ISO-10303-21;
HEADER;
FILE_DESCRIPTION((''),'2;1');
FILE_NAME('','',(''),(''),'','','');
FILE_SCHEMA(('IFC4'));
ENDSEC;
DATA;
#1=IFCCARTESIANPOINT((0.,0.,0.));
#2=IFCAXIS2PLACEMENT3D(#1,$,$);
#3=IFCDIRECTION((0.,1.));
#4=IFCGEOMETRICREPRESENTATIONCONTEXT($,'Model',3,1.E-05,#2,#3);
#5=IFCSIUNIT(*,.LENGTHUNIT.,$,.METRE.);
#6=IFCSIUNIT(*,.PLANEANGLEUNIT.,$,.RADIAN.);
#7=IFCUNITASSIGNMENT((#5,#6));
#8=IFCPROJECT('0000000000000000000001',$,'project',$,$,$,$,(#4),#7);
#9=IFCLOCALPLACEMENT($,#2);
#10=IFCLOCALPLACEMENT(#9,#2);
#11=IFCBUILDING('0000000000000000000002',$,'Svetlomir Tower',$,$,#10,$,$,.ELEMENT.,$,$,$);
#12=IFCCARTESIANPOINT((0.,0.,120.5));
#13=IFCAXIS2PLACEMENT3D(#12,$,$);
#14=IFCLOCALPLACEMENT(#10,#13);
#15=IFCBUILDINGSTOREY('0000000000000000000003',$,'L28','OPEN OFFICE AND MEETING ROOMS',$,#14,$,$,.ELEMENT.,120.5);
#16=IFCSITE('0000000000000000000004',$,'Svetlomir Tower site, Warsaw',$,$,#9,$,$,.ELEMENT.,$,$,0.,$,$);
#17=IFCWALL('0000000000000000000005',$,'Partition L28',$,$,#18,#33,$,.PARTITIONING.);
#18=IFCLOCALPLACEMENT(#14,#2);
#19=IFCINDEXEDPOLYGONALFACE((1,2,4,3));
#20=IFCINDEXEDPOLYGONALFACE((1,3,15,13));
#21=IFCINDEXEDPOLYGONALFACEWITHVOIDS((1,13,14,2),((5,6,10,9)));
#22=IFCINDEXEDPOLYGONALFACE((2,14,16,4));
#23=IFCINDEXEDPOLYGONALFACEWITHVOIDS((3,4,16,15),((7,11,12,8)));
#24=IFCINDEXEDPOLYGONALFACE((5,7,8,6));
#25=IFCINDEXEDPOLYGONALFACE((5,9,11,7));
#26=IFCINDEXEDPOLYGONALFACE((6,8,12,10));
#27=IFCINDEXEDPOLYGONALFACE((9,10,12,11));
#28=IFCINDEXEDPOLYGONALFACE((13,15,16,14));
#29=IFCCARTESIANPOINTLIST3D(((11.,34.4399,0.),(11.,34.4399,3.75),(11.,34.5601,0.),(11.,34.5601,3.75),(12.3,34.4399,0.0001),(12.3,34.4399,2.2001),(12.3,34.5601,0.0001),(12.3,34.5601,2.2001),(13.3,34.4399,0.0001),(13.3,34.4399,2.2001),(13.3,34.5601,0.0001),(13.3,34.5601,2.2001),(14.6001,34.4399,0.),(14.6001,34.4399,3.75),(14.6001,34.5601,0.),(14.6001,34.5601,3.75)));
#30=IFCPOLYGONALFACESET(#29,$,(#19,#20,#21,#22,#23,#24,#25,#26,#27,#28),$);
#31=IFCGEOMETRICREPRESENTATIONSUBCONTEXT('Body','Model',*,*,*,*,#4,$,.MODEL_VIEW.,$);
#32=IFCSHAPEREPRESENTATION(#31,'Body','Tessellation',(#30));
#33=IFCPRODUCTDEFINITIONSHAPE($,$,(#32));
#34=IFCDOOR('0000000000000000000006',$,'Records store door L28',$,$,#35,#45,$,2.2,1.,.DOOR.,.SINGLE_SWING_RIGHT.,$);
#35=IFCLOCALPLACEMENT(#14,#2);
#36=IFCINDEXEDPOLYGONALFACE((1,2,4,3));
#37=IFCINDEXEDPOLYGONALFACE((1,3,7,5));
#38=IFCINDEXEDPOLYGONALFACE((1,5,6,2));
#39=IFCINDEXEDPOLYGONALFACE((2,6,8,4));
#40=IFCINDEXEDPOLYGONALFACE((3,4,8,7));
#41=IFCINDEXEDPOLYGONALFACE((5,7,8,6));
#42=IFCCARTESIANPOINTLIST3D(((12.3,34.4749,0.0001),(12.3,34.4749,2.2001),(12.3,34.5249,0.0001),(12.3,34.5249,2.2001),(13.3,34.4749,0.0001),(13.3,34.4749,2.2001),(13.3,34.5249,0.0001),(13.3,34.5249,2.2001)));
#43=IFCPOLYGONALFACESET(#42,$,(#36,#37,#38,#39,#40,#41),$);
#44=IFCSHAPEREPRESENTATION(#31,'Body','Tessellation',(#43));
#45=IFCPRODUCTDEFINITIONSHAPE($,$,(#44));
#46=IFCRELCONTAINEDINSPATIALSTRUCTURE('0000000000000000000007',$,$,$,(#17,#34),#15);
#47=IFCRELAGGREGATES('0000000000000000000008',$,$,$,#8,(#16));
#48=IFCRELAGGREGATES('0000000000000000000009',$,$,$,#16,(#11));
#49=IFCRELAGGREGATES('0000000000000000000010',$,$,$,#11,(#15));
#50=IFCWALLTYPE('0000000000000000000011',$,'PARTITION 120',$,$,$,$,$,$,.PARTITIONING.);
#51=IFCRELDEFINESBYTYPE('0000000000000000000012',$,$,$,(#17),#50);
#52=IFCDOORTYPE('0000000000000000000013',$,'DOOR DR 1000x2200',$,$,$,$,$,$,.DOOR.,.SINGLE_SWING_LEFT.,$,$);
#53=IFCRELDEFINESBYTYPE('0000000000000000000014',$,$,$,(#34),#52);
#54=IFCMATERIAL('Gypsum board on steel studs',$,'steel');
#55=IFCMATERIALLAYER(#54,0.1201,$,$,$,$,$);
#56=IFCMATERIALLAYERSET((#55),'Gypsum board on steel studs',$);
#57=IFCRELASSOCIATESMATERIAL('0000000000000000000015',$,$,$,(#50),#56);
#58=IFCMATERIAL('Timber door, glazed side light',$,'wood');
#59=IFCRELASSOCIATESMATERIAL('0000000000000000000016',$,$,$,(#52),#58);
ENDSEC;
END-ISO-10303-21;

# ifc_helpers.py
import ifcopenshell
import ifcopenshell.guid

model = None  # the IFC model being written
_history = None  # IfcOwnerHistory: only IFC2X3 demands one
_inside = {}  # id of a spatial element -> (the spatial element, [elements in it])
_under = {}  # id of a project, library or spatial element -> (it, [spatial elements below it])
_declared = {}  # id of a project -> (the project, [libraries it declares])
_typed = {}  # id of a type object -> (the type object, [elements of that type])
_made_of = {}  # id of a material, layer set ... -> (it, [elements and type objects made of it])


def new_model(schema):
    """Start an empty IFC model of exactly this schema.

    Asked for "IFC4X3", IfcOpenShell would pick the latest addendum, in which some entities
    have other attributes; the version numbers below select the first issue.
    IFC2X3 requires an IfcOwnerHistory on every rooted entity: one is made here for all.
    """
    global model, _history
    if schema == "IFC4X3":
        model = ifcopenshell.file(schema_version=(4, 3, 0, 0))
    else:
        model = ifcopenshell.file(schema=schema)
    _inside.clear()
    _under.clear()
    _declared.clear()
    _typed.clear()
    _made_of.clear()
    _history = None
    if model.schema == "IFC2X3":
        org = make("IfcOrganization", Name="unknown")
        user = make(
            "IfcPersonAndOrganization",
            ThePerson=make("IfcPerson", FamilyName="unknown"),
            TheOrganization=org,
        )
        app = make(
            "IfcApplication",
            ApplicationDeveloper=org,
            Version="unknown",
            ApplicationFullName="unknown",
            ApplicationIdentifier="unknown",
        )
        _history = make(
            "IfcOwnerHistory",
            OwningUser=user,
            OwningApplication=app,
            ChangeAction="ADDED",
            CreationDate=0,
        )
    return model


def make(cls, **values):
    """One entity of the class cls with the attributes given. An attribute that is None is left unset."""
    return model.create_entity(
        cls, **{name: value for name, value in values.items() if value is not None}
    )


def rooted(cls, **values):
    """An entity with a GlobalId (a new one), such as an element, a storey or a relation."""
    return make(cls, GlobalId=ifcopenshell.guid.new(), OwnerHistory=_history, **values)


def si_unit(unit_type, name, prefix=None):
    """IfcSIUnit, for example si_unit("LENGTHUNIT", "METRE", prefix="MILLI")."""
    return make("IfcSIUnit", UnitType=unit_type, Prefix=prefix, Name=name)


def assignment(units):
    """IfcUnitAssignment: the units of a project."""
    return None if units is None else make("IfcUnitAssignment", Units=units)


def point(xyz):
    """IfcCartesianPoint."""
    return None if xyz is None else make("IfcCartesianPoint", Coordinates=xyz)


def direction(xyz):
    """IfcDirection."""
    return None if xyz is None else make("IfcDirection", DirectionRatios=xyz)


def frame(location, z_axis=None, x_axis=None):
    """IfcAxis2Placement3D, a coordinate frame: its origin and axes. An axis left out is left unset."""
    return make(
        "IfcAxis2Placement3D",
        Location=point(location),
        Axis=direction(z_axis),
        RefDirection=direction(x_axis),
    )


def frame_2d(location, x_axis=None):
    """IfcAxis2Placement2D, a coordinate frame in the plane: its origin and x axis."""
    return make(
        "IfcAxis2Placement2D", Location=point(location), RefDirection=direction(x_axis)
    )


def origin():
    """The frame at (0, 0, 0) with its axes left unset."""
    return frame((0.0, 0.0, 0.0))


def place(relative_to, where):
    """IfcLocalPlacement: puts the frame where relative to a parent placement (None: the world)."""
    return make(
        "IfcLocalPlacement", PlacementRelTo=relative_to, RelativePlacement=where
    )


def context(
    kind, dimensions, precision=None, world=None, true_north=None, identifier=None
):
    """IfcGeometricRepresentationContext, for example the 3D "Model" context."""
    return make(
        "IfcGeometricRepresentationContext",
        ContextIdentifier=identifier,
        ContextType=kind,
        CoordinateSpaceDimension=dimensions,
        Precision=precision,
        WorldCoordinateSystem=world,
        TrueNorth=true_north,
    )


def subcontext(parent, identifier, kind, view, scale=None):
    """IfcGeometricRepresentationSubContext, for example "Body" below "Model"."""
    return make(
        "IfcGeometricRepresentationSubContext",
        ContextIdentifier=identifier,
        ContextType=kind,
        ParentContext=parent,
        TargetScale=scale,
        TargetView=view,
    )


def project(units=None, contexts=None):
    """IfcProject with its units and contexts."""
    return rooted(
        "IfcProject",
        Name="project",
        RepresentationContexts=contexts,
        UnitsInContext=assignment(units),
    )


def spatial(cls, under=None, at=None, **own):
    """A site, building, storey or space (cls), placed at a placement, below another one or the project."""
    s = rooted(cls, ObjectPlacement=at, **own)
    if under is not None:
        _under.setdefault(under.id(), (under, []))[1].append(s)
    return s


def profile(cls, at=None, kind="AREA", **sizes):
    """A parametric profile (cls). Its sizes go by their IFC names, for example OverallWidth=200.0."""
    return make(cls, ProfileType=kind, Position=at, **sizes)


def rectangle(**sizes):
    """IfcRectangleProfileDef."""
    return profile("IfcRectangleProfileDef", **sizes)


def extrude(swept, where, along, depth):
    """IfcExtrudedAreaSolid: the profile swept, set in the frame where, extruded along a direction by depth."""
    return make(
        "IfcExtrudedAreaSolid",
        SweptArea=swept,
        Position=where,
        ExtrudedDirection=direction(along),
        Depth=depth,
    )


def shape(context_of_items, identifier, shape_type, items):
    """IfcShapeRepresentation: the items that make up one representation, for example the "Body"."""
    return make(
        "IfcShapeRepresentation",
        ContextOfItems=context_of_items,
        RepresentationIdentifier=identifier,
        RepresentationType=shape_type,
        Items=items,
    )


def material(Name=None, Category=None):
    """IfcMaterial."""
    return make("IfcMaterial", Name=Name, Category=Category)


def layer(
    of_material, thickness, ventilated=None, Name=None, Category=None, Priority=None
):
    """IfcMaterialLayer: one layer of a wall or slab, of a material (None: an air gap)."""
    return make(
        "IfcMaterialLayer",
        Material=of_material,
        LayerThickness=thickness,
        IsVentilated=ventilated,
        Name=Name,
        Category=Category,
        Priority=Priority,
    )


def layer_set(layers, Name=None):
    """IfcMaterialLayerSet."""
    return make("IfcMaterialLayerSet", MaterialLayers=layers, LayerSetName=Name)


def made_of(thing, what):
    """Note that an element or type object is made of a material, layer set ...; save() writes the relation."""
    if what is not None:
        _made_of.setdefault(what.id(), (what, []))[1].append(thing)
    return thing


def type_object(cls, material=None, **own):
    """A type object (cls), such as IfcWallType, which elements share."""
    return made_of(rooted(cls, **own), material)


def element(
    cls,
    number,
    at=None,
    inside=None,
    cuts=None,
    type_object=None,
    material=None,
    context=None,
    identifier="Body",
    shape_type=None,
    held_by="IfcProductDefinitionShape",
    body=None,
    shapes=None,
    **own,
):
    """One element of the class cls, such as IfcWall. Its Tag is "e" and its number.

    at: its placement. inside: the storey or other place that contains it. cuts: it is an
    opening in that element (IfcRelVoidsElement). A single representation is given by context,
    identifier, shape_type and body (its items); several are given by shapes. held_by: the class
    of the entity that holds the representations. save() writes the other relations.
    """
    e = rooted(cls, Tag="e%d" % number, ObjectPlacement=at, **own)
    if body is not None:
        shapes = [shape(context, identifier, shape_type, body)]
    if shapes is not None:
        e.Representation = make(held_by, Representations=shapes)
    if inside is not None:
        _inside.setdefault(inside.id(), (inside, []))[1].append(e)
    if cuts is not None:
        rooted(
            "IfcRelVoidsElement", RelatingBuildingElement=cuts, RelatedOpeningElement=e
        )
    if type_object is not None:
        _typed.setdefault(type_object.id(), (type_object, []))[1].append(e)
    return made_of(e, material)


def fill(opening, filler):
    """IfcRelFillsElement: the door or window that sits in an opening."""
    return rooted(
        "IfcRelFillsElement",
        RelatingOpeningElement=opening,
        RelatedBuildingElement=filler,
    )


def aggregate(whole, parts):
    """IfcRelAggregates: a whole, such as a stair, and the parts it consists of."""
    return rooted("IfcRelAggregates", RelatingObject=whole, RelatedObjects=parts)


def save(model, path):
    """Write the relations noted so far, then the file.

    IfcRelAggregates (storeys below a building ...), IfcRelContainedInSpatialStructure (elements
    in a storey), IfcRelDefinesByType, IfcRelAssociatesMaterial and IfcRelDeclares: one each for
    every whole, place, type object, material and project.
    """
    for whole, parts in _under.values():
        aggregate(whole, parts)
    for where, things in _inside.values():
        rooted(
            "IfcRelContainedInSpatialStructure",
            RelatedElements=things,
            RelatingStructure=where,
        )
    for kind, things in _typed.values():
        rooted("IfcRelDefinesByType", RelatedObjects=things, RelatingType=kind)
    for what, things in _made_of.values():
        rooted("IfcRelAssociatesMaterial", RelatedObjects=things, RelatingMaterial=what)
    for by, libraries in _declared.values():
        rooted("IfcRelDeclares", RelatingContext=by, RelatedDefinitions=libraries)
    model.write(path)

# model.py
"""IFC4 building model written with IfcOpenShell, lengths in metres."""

from ifc_helpers import new_model, si_unit, direction, frame, frame_2d, origin, place, context, subcontext, project, spatial, rectangle, extrude, material, layer, layer_set, type_object, element, fill, save


model = new_model("IFC4")

# Units and contexts
model_context = context("Model", 3, precision=1e-05, world=origin(), true_north=direction((0.0, 1.0)))
body_context = subcontext(model_context, "Body", "Model", "MODEL_VIEW")
ifc_project = project(units=[si_unit("LENGTHUNIT", "METRE"), si_unit("PLANEANGLEUNIT", "RADIAN")], contexts=[model_context])

# Site, building, storey
site_placement = place(None, origin())
site = spatial("IfcSite", under=ifc_project, at=site_placement, Name="Svetlomir Tower site, Warsaw", CompositionType="ELEMENT", RefElevation=0.0)
building_placement = place(site_placement, origin())
building = spatial("IfcBuilding", under=site, at=building_placement, Name="Svetlomir Tower", CompositionType="ELEMENT")
storey_placement = place(building_placement, frame((0.0, 0.0, 120.5)))
storey = spatial("IfcBuildingStorey", under=building, at=storey_placement, Name="L28", Description="OPEN OFFICE AND MEETING ROOMS", CompositionType="ELEMENT", Elevation=120.5)

# Wall, opening, door
ifc_material_1 = material(Name="Gypsum board on steel studs", Category="steel")
ifc_layer_1 = layer(ifc_material_1, 0.1201)
ifc_layer_set_1 = layer_set([ifc_layer_1], Name="Gypsum board on steel studs")
wall_type = type_object("IfcWallType", Name="PARTITION 120", PredefinedType="PARTITIONING", material=ifc_layer_set_1)
wall_placement = place(storey_placement, frame((11.0, 34.5, 0.0), z_axis=(0.0, 0.0, 1.0), x_axis=(1.0, 0.0, 0.0)))
wall = element("IfcWall", 1, at=wall_placement, inside=storey, type_object=wall_type, Name="Partition L28", PredefinedType="PARTITIONING", context=body_context, shape_type="SweptSolid", body=[
    extrude(rectangle(XDim=3.6001, YDim=0.1201, at=frame_2d((1.8, 0.0))), origin(), (0.0, 0.0, 1.0), 3.75),
])
opening_placement = place(wall_placement, frame((1.3, 0.0, 0.0)))
opening = element("IfcOpeningElement", 2, at=opening_placement, cuts=wall, PredefinedType="OPENING", context=body_context, shape_type="SweptSolid", body=[
    extrude(rectangle(XDim=1.0, YDim=2.2, at=frame_2d((0.5, 1.1001))), frame((0.0, 0.0701, 0.0), z_axis=(0.0, -1.0, 0.0), x_axis=(1.0, 0.0, 0.0)), (0.0, 0.0, 1.0), 0.1401),
])
ifc_material_2 = material(Name="Timber door, glazed side light", Category="wood")
door_type = type_object("IfcDoorType", Name="DOOR DR 1000x2200", OperationType="SINGLE_SWING_LEFT", PredefinedType="DOOR", material=ifc_material_2)
door_placement = place(opening_placement, origin())
door = element("IfcDoor", 3, at=door_placement, inside=storey, type_object=door_type, Name="Records store door L28", OperationType="SINGLE_SWING_RIGHT", OverallHeight=2.2, OverallWidth=1.0, PredefinedType="DOOR", context=body_context, shape_type="SweptSolid", body=[
    extrude(rectangle(XDim=1.0, YDim=2.2, at=frame_2d((0.5, 1.1001))), frame((0.0, 0.0249, 0.0), z_axis=(0.0, -1.0, 0.0), x_axis=(1.0, 0.0, 0.0)), (0.0, 0.0, 1.0), 0.05),
])
fill(opening, door)

save(model, "model.ifc")
